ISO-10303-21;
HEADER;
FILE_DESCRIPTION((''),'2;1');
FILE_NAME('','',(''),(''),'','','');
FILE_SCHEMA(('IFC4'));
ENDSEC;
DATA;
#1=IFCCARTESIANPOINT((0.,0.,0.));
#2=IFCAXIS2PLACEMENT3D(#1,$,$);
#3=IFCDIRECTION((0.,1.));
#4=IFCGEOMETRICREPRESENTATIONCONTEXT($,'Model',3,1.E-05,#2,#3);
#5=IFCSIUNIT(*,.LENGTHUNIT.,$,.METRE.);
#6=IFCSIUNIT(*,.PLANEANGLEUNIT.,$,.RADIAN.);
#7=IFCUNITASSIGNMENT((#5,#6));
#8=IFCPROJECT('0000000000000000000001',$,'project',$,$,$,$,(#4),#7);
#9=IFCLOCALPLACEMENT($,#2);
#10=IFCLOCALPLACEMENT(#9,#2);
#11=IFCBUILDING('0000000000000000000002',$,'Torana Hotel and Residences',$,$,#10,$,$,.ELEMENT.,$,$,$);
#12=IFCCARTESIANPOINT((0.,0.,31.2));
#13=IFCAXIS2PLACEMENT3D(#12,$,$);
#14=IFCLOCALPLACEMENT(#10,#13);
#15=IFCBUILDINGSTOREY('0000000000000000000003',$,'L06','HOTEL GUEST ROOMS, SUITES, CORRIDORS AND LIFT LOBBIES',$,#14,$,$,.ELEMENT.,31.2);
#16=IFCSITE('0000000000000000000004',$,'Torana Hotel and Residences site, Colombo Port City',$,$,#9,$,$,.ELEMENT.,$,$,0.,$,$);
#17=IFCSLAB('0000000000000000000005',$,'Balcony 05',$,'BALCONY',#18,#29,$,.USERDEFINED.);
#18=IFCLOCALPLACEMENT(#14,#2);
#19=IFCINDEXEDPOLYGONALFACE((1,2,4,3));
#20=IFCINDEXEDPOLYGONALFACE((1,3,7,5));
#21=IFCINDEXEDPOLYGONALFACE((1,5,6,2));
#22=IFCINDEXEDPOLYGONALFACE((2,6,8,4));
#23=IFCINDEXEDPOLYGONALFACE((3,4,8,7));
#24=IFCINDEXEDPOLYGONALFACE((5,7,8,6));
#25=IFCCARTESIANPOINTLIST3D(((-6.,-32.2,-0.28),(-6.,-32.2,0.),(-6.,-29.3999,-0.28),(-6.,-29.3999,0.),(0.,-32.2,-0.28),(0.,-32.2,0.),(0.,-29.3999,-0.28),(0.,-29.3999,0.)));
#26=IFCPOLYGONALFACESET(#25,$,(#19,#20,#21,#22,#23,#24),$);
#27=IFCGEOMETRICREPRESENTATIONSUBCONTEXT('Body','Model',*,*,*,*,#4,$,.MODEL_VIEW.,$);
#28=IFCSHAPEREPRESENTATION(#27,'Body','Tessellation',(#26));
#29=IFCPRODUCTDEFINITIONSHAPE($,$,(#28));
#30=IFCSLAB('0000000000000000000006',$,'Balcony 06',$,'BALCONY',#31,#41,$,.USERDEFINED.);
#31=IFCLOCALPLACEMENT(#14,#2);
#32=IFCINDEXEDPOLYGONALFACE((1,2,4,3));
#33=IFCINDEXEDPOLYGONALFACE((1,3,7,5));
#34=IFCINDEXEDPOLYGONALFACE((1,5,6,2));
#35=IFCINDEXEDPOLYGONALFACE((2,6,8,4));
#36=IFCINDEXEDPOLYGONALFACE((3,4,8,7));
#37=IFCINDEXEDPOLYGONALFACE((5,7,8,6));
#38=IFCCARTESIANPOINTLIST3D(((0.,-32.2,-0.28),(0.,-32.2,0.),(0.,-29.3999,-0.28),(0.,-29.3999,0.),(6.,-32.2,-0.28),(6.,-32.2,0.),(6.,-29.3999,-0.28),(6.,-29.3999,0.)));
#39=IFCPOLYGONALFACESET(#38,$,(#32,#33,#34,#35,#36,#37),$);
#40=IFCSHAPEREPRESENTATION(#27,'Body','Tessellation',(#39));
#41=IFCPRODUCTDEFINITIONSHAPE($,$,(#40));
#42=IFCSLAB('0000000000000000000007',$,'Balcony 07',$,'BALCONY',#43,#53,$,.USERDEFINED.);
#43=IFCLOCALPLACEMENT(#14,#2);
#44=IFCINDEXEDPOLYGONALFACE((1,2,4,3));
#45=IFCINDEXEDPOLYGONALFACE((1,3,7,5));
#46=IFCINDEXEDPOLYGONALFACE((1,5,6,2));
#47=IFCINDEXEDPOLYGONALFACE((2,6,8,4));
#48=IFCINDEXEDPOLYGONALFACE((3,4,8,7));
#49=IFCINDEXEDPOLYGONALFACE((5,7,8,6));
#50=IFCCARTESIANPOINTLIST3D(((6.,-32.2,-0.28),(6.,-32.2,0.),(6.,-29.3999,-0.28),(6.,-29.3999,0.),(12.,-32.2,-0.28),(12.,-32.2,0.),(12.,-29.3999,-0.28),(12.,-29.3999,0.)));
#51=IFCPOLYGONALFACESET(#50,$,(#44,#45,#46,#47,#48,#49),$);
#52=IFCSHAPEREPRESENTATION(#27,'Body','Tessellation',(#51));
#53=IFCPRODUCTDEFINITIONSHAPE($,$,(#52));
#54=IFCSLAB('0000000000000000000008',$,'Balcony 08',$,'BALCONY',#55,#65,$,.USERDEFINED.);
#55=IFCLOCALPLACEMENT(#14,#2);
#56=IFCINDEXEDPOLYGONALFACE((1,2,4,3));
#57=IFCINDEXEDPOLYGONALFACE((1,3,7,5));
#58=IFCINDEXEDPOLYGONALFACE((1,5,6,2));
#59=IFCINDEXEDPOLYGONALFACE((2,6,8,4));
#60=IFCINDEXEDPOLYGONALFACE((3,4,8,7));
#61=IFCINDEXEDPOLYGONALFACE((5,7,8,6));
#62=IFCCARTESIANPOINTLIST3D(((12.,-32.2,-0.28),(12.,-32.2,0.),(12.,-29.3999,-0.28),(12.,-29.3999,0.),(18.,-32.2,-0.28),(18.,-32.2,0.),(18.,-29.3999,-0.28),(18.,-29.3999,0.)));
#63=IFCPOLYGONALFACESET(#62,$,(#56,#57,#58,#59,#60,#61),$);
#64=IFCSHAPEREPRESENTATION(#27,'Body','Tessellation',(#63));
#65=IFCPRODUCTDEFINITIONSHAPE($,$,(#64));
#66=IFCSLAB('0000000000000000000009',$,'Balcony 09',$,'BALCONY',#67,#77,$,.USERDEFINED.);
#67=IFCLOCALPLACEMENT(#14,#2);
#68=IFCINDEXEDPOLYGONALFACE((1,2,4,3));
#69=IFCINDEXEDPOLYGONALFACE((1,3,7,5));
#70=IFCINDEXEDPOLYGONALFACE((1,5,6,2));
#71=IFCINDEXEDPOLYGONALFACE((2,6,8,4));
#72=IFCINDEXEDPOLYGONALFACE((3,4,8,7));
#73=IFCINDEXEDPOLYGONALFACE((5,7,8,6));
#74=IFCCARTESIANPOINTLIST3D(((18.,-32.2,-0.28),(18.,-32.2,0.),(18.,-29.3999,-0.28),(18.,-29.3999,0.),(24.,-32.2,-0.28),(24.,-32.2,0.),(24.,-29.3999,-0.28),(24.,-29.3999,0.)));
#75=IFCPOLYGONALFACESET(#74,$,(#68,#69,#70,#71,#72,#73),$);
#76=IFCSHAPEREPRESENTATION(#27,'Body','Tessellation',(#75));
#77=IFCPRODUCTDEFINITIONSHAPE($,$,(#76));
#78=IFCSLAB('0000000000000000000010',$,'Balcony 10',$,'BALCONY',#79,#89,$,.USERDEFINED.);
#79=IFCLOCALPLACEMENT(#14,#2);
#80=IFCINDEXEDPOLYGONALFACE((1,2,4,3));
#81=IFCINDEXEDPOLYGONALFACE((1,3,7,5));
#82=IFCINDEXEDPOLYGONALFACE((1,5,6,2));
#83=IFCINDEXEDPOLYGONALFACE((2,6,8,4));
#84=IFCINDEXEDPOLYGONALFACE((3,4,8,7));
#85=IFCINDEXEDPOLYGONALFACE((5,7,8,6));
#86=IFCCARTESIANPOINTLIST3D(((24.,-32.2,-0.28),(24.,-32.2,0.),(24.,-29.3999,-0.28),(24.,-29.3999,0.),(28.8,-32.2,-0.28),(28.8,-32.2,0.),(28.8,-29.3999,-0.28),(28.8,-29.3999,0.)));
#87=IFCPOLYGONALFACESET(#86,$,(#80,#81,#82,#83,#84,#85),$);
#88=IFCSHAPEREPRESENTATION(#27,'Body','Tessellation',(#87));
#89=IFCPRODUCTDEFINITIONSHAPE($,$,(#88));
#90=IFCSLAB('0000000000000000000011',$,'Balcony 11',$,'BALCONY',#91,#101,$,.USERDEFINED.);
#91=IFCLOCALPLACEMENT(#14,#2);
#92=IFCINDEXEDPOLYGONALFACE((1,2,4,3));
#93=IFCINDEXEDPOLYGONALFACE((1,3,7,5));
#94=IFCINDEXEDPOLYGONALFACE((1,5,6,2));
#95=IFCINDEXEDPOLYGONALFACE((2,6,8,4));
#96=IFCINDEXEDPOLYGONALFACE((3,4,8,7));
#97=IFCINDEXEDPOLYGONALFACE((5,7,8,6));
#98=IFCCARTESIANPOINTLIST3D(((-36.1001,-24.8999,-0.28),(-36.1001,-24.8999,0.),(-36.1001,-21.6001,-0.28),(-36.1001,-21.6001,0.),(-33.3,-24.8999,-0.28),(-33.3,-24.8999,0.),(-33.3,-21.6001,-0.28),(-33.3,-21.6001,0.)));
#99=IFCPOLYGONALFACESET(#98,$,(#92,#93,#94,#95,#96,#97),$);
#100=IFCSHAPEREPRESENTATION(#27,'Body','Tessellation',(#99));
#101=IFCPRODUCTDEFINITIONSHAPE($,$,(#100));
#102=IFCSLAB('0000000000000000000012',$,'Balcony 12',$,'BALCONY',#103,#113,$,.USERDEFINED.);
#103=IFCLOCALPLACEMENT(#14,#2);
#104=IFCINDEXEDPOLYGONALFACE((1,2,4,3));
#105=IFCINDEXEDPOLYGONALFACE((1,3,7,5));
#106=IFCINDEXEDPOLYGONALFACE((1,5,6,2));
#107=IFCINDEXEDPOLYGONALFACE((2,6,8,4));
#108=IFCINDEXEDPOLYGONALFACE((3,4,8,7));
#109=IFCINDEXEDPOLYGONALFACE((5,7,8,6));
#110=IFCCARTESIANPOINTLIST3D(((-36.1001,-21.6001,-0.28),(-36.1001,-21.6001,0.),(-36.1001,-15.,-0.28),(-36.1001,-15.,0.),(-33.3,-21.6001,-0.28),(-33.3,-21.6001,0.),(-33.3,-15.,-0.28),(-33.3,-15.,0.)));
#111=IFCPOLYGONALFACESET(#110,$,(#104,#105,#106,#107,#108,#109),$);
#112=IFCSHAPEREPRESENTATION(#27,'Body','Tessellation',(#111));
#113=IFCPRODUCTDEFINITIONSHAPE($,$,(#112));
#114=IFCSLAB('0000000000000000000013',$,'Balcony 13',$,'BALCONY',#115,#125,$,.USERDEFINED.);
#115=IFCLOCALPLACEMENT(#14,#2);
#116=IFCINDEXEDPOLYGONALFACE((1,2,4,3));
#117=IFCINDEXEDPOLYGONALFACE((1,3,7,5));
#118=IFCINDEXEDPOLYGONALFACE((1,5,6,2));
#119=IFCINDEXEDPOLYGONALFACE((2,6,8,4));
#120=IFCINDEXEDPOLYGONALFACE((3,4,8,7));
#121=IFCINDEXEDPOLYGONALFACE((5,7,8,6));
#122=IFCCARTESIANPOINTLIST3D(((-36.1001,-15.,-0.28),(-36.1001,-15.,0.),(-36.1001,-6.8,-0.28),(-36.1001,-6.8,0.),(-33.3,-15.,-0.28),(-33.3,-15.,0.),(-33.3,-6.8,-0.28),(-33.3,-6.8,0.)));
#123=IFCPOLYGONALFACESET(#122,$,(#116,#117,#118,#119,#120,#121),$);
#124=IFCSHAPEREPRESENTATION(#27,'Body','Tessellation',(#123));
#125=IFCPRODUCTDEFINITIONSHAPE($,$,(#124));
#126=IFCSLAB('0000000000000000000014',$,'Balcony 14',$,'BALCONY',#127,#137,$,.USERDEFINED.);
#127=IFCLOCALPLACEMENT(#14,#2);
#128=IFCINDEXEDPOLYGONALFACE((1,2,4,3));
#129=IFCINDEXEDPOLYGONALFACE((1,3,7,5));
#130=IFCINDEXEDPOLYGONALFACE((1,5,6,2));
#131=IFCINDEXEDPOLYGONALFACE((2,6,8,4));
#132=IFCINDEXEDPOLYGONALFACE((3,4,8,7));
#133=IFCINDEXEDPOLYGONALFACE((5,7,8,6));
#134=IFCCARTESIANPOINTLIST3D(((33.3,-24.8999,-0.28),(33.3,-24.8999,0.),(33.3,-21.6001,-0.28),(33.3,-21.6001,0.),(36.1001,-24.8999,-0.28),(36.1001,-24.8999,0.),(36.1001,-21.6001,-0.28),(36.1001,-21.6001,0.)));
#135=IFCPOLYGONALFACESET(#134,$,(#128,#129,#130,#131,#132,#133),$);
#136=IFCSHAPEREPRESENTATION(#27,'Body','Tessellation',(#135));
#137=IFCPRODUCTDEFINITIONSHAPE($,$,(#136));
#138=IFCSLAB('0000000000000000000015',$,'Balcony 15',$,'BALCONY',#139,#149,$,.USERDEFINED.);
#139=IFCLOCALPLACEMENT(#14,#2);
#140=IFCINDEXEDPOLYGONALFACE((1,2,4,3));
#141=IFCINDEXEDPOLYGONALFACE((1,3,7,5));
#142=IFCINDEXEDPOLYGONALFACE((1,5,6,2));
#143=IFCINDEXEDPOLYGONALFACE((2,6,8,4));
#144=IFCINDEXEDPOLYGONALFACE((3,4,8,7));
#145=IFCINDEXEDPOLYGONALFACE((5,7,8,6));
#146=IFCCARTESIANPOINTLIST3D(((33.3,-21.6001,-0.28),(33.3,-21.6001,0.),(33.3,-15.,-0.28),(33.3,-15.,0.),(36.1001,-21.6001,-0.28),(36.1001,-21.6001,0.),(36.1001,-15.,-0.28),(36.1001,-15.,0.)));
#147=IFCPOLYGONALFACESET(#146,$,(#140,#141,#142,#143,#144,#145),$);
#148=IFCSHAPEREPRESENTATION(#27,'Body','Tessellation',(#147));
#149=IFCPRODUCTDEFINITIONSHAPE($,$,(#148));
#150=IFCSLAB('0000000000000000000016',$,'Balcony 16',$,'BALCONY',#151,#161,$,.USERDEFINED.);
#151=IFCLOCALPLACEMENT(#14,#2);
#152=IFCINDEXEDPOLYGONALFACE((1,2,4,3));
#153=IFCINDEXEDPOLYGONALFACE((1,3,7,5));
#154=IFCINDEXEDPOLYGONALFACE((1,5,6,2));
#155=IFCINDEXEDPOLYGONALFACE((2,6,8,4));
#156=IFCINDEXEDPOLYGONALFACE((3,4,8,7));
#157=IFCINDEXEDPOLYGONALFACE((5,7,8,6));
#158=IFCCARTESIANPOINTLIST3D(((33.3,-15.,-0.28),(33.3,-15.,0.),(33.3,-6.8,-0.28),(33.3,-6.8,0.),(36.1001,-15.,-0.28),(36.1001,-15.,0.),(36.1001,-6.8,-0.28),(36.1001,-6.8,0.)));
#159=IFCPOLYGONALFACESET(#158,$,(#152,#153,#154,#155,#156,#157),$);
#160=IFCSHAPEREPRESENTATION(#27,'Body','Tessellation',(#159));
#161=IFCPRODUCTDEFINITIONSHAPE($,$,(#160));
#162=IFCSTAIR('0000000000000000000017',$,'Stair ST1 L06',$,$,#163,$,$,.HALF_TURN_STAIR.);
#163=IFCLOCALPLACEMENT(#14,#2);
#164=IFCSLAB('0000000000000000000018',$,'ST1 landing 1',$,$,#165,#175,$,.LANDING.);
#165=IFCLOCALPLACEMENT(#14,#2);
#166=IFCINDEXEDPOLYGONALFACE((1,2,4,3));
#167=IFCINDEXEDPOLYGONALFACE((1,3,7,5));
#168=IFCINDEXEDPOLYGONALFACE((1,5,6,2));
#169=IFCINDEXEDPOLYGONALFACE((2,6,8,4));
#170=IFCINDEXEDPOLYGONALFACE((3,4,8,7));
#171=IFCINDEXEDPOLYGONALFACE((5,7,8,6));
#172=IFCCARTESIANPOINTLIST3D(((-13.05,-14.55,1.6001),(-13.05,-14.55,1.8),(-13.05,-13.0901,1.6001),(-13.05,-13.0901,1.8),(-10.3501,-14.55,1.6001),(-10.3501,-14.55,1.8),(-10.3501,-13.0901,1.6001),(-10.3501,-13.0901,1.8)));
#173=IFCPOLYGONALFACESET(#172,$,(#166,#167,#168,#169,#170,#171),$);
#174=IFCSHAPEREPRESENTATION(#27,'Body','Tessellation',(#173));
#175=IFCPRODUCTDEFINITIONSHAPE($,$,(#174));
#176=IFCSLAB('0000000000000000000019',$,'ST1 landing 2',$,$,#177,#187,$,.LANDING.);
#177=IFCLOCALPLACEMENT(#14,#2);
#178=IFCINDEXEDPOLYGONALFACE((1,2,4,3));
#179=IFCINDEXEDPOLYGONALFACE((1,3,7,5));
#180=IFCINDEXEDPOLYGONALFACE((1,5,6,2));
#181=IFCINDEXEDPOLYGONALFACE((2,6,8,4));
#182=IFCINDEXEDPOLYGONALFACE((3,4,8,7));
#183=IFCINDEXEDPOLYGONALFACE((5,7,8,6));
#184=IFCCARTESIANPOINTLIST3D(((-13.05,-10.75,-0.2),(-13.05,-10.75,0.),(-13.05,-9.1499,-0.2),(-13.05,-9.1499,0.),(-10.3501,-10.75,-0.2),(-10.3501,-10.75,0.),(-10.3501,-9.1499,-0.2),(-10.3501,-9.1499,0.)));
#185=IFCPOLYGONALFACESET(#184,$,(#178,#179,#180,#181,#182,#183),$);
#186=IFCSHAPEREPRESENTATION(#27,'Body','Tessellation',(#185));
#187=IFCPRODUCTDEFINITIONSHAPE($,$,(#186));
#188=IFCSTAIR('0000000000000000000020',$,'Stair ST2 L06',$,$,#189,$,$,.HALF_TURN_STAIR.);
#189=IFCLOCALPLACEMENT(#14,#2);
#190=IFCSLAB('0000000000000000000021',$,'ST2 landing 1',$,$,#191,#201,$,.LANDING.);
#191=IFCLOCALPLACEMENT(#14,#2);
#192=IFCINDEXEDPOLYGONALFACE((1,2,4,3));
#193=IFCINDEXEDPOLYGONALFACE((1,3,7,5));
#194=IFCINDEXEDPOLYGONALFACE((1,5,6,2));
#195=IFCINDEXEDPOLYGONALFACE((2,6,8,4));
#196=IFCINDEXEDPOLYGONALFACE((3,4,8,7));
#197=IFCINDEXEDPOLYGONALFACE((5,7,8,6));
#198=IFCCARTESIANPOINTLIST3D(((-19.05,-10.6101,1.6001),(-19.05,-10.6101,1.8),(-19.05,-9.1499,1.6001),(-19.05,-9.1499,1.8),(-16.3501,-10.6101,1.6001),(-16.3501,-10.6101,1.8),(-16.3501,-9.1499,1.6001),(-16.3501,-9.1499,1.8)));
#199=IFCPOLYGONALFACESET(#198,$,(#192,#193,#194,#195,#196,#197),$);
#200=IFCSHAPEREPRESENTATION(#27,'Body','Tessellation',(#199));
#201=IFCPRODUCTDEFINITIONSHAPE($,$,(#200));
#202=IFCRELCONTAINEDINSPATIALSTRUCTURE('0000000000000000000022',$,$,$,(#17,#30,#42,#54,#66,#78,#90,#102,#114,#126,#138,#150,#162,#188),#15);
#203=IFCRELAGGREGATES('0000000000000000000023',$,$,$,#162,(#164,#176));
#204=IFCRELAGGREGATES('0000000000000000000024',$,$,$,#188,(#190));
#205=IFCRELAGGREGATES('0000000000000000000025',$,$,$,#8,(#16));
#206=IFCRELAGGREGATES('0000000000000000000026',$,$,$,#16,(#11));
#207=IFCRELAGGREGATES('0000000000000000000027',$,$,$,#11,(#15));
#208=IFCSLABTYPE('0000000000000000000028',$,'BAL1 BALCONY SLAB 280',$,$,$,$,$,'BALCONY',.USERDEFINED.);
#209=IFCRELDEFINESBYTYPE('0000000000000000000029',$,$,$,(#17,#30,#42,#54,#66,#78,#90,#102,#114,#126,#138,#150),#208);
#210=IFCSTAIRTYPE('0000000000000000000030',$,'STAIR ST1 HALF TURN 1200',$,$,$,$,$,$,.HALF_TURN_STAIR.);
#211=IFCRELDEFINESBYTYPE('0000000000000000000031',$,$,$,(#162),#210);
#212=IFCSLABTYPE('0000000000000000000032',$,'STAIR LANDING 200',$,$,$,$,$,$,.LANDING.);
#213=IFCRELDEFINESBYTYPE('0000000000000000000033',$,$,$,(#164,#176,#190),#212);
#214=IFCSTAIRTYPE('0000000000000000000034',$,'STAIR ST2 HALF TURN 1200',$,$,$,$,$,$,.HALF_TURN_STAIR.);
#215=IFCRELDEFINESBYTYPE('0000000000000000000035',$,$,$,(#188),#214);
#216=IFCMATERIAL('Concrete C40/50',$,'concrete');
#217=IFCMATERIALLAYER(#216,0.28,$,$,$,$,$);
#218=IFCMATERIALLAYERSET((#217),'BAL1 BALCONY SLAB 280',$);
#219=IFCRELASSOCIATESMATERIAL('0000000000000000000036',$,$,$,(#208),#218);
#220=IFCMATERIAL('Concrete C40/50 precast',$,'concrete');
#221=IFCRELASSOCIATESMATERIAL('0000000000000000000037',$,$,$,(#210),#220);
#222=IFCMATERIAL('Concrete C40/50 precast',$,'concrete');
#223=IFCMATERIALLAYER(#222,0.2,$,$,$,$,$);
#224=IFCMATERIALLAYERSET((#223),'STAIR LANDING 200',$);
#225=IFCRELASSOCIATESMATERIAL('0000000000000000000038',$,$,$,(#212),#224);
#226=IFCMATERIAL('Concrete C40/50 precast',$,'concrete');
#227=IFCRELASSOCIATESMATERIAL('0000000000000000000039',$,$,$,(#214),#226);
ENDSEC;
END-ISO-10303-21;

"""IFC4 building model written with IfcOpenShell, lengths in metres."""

from ifc_helpers import new_model, si_unit, direction, frame, origin, place, context, subcontext, project, spatial, polyline, outline, extrude, material, layer, layer_set, type_object, element, aggregate, save


model = new_model("IFC4")

# Units and contexts
model_context = context("Model", 3, precision=1e-05, world=origin(), true_north=direction((0.0, 1.0)))
body_context = subcontext(model_context, "Body", "Model", "MODEL_VIEW")
ifc_project = project(units=[si_unit("LENGTHUNIT", "METRE"), si_unit("PLANEANGLEUNIT", "RADIAN")], contexts=[model_context])

# Site, building, storey
site_placement = place(None, origin())
site = spatial("IfcSite", under=ifc_project, at=site_placement, Name="Torana Hotel and Residences site, Colombo Port City", CompositionType="ELEMENT", RefElevation=0.0)
building_placement = place(site_placement, origin())
building = spatial("IfcBuilding", under=site, at=building_placement, Name="Torana Hotel and Residences", CompositionType="ELEMENT")
storey_placement = place(building_placement, frame((0.0, 0.0, 31.2)))
storey = spatial("IfcBuildingStorey", under=building, at=storey_placement, Name="L06", Description="HOTEL GUEST ROOMS, SUITES, CORRIDORS AND LIFT LOBBIES", CompositionType="ELEMENT", Elevation=31.2)

# Slabs
ifc_material_1 = material(Name="Concrete C40/50", Category="concrete")
ifc_layer_1 = layer(ifc_material_1, 0.28)
ifc_layer_set_1 = layer_set([ifc_layer_1], Name="BAL1 BALCONY SLAB 280")
slab_type_1 = type_object("IfcSlabType", Name="BAL1 BALCONY SLAB 280", ElementType="BALCONY", PredefinedType="USERDEFINED", material=ifc_layer_set_1)
slab_1_placement = place(storey_placement, frame((0.0, 0.0, -0.28)))
element("IfcSlab", 1, at=slab_1_placement, inside=storey, type_object=slab_type_1, Name="Balcony 05", ObjectType="BALCONY", PredefinedType="USERDEFINED", context=body_context, shape_type="SweptSolid", body=[
    extrude(outline(polyline([(-6.0, -32.2), (0.0, -32.2), (0.0, -29.3999), (-6.0, -29.3999), (-6.0, -32.2)])), origin(), (0.0, 0.0, 1.0), 0.28),
])
slab_2_placement = place(storey_placement, frame((0.0, 0.0, -0.28)))
element("IfcSlab", 2, at=slab_2_placement, inside=storey, type_object=slab_type_1, Name="Balcony 06", ObjectType="BALCONY", PredefinedType="USERDEFINED", context=body_context, shape_type="SweptSolid", body=[
    extrude(outline(polyline([(0.0, -32.2), (6.0, -32.2), (6.0, -29.3999), (0.0, -29.3999), (0.0, -32.2)])), origin(), (0.0, 0.0, 1.0), 0.28),
])
slab_3_placement = place(storey_placement, frame((0.0, 0.0, -0.28)))
element("IfcSlab", 3, at=slab_3_placement, inside=storey, type_object=slab_type_1, Name="Balcony 07", ObjectType="BALCONY", PredefinedType="USERDEFINED", context=body_context, shape_type="SweptSolid", body=[
    extrude(outline(polyline([(6.0, -32.2), (12.0, -32.2), (12.0, -29.3999), (6.0, -29.3999), (6.0, -32.2)])), origin(), (0.0, 0.0, 1.0), 0.28),
])
slab_4_placement = place(storey_placement, frame((0.0, 0.0, -0.28)))
element("IfcSlab", 4, at=slab_4_placement, inside=storey, type_object=slab_type_1, Name="Balcony 08", ObjectType="BALCONY", PredefinedType="USERDEFINED", context=body_context, shape_type="SweptSolid", body=[
    extrude(outline(polyline([(12.0, -32.2), (18.0, -32.2), (18.0, -29.3999), (12.0, -29.3999), (12.0, -32.2)])), origin(), (0.0, 0.0, 1.0), 0.28),
])
slab_5_placement = place(storey_placement, frame((0.0, 0.0, -0.28)))
element("IfcSlab", 5, at=slab_5_placement, inside=storey, type_object=slab_type_1, Name="Balcony 09", ObjectType="BALCONY", PredefinedType="USERDEFINED", context=body_context, shape_type="SweptSolid", body=[
    extrude(outline(polyline([(18.0, -32.2), (24.0, -32.2), (24.0, -29.3999), (18.0, -29.3999), (18.0, -32.2)])), origin(), (0.0, 0.0, 1.0), 0.28),
])
slab_6_placement = place(storey_placement, frame((0.0, 0.0, -0.28)))
element("IfcSlab", 6, at=slab_6_placement, inside=storey, type_object=slab_type_1, Name="Balcony 10", ObjectType="BALCONY", PredefinedType="USERDEFINED", context=body_context, shape_type="SweptSolid", body=[
    extrude(outline(polyline([(24.0, -32.2), (28.8, -32.2), (28.8, -29.3999), (24.0, -29.3999), (24.0, -32.2)])), origin(), (0.0, 0.0, 1.0), 0.28),
])
slab_7_placement = place(storey_placement, frame((0.0, 0.0, -0.28)))
element("IfcSlab", 7, at=slab_7_placement, inside=storey, type_object=slab_type_1, Name="Balcony 11", ObjectType="BALCONY", PredefinedType="USERDEFINED", context=body_context, shape_type="SweptSolid", body=[
    extrude(outline(polyline([(-36.1001, -24.8999), (-33.3, -24.8999), (-33.3, -21.6001), (-36.1001, -21.6001), (-36.1001, -24.8999)])), origin(), (0.0, 0.0, 1.0), 0.28),
])
slab_8_placement = place(storey_placement, frame((0.0, 0.0, -0.28)))
element("IfcSlab", 8, at=slab_8_placement, inside=storey, type_object=slab_type_1, Name="Balcony 12", ObjectType="BALCONY", PredefinedType="USERDEFINED", context=body_context, shape_type="SweptSolid", body=[
    extrude(outline(polyline([(-36.1001, -21.6001), (-33.3, -21.6001), (-33.3, -15.0), (-36.1001, -15.0), (-36.1001, -21.6001)])), origin(), (0.0, 0.0, 1.0), 0.28),
])
slab_9_placement = place(storey_placement, frame((0.0, 0.0, -0.28)))
element("IfcSlab", 9, at=slab_9_placement, inside=storey, type_object=slab_type_1, Name="Balcony 13", ObjectType="BALCONY", PredefinedType="USERDEFINED", context=body_context, shape_type="SweptSolid", body=[
    extrude(outline(polyline([(-36.1001, -15.0), (-33.3, -15.0), (-33.3, -6.8), (-36.1001, -6.8), (-36.1001, -15.0)])), origin(), (0.0, 0.0, 1.0), 0.28),
])
slab_10_placement = place(storey_placement, frame((0.0, 0.0, -0.28)))
element("IfcSlab", 10, at=slab_10_placement, inside=storey, type_object=slab_type_1, Name="Balcony 14", ObjectType="BALCONY", PredefinedType="USERDEFINED", context=body_context, shape_type="SweptSolid", body=[
    extrude(outline(polyline([(33.3, -24.8999), (36.1001, -24.8999), (36.1001, -21.6001), (33.3, -21.6001), (33.3, -24.8999)])), origin(), (0.0, 0.0, 1.0), 0.28),
])
slab_11_placement = place(storey_placement, frame((0.0, 0.0, -0.28)))
element("IfcSlab", 11, at=slab_11_placement, inside=storey, type_object=slab_type_1, Name="Balcony 15", ObjectType="BALCONY", PredefinedType="USERDEFINED", context=body_context, shape_type="SweptSolid", body=[
    extrude(outline(polyline([(33.3, -21.6001), (36.1001, -21.6001), (36.1001, -15.0), (33.3, -15.0), (33.3, -21.6001)])), origin(), (0.0, 0.0, 1.0), 0.28),
])
slab_12_placement = place(storey_placement, frame((0.0, 0.0, -0.28)))
element("IfcSlab", 12, at=slab_12_placement, inside=storey, type_object=slab_type_1, Name="Balcony 16", ObjectType="BALCONY", PredefinedType="USERDEFINED", context=body_context, shape_type="SweptSolid", body=[
    extrude(outline(polyline([(33.3, -15.0), (36.1001, -15.0), (36.1001, -6.8), (33.3, -6.8), (33.3, -15.0)])), origin(), (0.0, 0.0, 1.0), 0.28),
])

# Stairs, slabs
ifc_material_2 = material(Name="Concrete C40/50 precast", Category="concrete")
stair_type_1 = type_object("IfcStairType", Name="STAIR ST1 HALF TURN 1200", PredefinedType="HALF_TURN_STAIR", material=ifc_material_2)
stair_1_placement = place(storey_placement, origin())
stair_1 = element("IfcStair", 13, at=stair_1_placement, inside=storey, type_object=stair_type_1, Name="Stair ST1 L06", PredefinedType="HALF_TURN_STAIR")
ifc_material_3 = material(Name="Concrete C40/50 precast", Category="concrete")
ifc_layer_2 = layer(ifc_material_3, 0.2)
ifc_layer_set_2 = layer_set([ifc_layer_2], Name="STAIR LANDING 200")
slab_type_2 = type_object("IfcSlabType", Name="STAIR LANDING 200", PredefinedType="LANDING", material=ifc_layer_set_2)
slab_13_placement = place(storey_placement, frame((0.0, 0.0, 1.6001)))
slab_13 = element("IfcSlab", 14, at=slab_13_placement, type_object=slab_type_2, Name="ST1 landing 1", PredefinedType="LANDING", context=body_context, shape_type="SweptSolid", body=[
    extrude(outline(polyline([(-13.05, -14.55), (-10.3501, -14.55), (-10.3501, -13.0901), (-13.05, -13.0901), (-13.05, -14.55)])), origin(), (0.0, 0.0, 1.0), 0.2),
])
slab_14_placement = place(storey_placement, frame((0.0, 0.0, -0.2)))
slab_14 = element("IfcSlab", 15, at=slab_14_placement, type_object=slab_type_2, Name="ST1 landing 2", PredefinedType="LANDING", context=body_context, shape_type="SweptSolid", body=[
    extrude(outline(polyline([(-13.05, -10.75), (-10.3501, -10.75), (-10.3501, -9.1499), (-13.05, -9.1499), (-13.05, -10.75)])), origin(), (0.0, 0.0, 1.0), 0.2),
])
aggregate(stair_1, [slab_13, slab_14])
ifc_material_4 = material(Name="Concrete C40/50 precast", Category="concrete")
stair_type_2 = type_object("IfcStairType", Name="STAIR ST2 HALF TURN 1200", PredefinedType="HALF_TURN_STAIR", material=ifc_material_4)
stair_2_placement = place(storey_placement, origin())
stair_2 = element("IfcStair", 16, at=stair_2_placement, inside=storey, type_object=stair_type_2, Name="Stair ST2 L06", PredefinedType="HALF_TURN_STAIR")
slab_15_placement = place(storey_placement, frame((0.0, 0.0, 1.6001)))
slab_15 = element("IfcSlab", 17, at=slab_15_placement, type_object=slab_type_2, Name="ST2 landing 1", PredefinedType="LANDING", context=body_context, shape_type="SweptSolid", body=[
    extrude(outline(polyline([(-19.05, -10.6101), (-16.3501, -10.6101), (-16.3501, -9.1499), (-19.05, -9.1499), (-19.05, -10.6101)])), origin(), (0.0, 0.0, 1.0), 0.2),
])
aggregate(stair_2, [slab_15])

save(model, "model.ifc")
